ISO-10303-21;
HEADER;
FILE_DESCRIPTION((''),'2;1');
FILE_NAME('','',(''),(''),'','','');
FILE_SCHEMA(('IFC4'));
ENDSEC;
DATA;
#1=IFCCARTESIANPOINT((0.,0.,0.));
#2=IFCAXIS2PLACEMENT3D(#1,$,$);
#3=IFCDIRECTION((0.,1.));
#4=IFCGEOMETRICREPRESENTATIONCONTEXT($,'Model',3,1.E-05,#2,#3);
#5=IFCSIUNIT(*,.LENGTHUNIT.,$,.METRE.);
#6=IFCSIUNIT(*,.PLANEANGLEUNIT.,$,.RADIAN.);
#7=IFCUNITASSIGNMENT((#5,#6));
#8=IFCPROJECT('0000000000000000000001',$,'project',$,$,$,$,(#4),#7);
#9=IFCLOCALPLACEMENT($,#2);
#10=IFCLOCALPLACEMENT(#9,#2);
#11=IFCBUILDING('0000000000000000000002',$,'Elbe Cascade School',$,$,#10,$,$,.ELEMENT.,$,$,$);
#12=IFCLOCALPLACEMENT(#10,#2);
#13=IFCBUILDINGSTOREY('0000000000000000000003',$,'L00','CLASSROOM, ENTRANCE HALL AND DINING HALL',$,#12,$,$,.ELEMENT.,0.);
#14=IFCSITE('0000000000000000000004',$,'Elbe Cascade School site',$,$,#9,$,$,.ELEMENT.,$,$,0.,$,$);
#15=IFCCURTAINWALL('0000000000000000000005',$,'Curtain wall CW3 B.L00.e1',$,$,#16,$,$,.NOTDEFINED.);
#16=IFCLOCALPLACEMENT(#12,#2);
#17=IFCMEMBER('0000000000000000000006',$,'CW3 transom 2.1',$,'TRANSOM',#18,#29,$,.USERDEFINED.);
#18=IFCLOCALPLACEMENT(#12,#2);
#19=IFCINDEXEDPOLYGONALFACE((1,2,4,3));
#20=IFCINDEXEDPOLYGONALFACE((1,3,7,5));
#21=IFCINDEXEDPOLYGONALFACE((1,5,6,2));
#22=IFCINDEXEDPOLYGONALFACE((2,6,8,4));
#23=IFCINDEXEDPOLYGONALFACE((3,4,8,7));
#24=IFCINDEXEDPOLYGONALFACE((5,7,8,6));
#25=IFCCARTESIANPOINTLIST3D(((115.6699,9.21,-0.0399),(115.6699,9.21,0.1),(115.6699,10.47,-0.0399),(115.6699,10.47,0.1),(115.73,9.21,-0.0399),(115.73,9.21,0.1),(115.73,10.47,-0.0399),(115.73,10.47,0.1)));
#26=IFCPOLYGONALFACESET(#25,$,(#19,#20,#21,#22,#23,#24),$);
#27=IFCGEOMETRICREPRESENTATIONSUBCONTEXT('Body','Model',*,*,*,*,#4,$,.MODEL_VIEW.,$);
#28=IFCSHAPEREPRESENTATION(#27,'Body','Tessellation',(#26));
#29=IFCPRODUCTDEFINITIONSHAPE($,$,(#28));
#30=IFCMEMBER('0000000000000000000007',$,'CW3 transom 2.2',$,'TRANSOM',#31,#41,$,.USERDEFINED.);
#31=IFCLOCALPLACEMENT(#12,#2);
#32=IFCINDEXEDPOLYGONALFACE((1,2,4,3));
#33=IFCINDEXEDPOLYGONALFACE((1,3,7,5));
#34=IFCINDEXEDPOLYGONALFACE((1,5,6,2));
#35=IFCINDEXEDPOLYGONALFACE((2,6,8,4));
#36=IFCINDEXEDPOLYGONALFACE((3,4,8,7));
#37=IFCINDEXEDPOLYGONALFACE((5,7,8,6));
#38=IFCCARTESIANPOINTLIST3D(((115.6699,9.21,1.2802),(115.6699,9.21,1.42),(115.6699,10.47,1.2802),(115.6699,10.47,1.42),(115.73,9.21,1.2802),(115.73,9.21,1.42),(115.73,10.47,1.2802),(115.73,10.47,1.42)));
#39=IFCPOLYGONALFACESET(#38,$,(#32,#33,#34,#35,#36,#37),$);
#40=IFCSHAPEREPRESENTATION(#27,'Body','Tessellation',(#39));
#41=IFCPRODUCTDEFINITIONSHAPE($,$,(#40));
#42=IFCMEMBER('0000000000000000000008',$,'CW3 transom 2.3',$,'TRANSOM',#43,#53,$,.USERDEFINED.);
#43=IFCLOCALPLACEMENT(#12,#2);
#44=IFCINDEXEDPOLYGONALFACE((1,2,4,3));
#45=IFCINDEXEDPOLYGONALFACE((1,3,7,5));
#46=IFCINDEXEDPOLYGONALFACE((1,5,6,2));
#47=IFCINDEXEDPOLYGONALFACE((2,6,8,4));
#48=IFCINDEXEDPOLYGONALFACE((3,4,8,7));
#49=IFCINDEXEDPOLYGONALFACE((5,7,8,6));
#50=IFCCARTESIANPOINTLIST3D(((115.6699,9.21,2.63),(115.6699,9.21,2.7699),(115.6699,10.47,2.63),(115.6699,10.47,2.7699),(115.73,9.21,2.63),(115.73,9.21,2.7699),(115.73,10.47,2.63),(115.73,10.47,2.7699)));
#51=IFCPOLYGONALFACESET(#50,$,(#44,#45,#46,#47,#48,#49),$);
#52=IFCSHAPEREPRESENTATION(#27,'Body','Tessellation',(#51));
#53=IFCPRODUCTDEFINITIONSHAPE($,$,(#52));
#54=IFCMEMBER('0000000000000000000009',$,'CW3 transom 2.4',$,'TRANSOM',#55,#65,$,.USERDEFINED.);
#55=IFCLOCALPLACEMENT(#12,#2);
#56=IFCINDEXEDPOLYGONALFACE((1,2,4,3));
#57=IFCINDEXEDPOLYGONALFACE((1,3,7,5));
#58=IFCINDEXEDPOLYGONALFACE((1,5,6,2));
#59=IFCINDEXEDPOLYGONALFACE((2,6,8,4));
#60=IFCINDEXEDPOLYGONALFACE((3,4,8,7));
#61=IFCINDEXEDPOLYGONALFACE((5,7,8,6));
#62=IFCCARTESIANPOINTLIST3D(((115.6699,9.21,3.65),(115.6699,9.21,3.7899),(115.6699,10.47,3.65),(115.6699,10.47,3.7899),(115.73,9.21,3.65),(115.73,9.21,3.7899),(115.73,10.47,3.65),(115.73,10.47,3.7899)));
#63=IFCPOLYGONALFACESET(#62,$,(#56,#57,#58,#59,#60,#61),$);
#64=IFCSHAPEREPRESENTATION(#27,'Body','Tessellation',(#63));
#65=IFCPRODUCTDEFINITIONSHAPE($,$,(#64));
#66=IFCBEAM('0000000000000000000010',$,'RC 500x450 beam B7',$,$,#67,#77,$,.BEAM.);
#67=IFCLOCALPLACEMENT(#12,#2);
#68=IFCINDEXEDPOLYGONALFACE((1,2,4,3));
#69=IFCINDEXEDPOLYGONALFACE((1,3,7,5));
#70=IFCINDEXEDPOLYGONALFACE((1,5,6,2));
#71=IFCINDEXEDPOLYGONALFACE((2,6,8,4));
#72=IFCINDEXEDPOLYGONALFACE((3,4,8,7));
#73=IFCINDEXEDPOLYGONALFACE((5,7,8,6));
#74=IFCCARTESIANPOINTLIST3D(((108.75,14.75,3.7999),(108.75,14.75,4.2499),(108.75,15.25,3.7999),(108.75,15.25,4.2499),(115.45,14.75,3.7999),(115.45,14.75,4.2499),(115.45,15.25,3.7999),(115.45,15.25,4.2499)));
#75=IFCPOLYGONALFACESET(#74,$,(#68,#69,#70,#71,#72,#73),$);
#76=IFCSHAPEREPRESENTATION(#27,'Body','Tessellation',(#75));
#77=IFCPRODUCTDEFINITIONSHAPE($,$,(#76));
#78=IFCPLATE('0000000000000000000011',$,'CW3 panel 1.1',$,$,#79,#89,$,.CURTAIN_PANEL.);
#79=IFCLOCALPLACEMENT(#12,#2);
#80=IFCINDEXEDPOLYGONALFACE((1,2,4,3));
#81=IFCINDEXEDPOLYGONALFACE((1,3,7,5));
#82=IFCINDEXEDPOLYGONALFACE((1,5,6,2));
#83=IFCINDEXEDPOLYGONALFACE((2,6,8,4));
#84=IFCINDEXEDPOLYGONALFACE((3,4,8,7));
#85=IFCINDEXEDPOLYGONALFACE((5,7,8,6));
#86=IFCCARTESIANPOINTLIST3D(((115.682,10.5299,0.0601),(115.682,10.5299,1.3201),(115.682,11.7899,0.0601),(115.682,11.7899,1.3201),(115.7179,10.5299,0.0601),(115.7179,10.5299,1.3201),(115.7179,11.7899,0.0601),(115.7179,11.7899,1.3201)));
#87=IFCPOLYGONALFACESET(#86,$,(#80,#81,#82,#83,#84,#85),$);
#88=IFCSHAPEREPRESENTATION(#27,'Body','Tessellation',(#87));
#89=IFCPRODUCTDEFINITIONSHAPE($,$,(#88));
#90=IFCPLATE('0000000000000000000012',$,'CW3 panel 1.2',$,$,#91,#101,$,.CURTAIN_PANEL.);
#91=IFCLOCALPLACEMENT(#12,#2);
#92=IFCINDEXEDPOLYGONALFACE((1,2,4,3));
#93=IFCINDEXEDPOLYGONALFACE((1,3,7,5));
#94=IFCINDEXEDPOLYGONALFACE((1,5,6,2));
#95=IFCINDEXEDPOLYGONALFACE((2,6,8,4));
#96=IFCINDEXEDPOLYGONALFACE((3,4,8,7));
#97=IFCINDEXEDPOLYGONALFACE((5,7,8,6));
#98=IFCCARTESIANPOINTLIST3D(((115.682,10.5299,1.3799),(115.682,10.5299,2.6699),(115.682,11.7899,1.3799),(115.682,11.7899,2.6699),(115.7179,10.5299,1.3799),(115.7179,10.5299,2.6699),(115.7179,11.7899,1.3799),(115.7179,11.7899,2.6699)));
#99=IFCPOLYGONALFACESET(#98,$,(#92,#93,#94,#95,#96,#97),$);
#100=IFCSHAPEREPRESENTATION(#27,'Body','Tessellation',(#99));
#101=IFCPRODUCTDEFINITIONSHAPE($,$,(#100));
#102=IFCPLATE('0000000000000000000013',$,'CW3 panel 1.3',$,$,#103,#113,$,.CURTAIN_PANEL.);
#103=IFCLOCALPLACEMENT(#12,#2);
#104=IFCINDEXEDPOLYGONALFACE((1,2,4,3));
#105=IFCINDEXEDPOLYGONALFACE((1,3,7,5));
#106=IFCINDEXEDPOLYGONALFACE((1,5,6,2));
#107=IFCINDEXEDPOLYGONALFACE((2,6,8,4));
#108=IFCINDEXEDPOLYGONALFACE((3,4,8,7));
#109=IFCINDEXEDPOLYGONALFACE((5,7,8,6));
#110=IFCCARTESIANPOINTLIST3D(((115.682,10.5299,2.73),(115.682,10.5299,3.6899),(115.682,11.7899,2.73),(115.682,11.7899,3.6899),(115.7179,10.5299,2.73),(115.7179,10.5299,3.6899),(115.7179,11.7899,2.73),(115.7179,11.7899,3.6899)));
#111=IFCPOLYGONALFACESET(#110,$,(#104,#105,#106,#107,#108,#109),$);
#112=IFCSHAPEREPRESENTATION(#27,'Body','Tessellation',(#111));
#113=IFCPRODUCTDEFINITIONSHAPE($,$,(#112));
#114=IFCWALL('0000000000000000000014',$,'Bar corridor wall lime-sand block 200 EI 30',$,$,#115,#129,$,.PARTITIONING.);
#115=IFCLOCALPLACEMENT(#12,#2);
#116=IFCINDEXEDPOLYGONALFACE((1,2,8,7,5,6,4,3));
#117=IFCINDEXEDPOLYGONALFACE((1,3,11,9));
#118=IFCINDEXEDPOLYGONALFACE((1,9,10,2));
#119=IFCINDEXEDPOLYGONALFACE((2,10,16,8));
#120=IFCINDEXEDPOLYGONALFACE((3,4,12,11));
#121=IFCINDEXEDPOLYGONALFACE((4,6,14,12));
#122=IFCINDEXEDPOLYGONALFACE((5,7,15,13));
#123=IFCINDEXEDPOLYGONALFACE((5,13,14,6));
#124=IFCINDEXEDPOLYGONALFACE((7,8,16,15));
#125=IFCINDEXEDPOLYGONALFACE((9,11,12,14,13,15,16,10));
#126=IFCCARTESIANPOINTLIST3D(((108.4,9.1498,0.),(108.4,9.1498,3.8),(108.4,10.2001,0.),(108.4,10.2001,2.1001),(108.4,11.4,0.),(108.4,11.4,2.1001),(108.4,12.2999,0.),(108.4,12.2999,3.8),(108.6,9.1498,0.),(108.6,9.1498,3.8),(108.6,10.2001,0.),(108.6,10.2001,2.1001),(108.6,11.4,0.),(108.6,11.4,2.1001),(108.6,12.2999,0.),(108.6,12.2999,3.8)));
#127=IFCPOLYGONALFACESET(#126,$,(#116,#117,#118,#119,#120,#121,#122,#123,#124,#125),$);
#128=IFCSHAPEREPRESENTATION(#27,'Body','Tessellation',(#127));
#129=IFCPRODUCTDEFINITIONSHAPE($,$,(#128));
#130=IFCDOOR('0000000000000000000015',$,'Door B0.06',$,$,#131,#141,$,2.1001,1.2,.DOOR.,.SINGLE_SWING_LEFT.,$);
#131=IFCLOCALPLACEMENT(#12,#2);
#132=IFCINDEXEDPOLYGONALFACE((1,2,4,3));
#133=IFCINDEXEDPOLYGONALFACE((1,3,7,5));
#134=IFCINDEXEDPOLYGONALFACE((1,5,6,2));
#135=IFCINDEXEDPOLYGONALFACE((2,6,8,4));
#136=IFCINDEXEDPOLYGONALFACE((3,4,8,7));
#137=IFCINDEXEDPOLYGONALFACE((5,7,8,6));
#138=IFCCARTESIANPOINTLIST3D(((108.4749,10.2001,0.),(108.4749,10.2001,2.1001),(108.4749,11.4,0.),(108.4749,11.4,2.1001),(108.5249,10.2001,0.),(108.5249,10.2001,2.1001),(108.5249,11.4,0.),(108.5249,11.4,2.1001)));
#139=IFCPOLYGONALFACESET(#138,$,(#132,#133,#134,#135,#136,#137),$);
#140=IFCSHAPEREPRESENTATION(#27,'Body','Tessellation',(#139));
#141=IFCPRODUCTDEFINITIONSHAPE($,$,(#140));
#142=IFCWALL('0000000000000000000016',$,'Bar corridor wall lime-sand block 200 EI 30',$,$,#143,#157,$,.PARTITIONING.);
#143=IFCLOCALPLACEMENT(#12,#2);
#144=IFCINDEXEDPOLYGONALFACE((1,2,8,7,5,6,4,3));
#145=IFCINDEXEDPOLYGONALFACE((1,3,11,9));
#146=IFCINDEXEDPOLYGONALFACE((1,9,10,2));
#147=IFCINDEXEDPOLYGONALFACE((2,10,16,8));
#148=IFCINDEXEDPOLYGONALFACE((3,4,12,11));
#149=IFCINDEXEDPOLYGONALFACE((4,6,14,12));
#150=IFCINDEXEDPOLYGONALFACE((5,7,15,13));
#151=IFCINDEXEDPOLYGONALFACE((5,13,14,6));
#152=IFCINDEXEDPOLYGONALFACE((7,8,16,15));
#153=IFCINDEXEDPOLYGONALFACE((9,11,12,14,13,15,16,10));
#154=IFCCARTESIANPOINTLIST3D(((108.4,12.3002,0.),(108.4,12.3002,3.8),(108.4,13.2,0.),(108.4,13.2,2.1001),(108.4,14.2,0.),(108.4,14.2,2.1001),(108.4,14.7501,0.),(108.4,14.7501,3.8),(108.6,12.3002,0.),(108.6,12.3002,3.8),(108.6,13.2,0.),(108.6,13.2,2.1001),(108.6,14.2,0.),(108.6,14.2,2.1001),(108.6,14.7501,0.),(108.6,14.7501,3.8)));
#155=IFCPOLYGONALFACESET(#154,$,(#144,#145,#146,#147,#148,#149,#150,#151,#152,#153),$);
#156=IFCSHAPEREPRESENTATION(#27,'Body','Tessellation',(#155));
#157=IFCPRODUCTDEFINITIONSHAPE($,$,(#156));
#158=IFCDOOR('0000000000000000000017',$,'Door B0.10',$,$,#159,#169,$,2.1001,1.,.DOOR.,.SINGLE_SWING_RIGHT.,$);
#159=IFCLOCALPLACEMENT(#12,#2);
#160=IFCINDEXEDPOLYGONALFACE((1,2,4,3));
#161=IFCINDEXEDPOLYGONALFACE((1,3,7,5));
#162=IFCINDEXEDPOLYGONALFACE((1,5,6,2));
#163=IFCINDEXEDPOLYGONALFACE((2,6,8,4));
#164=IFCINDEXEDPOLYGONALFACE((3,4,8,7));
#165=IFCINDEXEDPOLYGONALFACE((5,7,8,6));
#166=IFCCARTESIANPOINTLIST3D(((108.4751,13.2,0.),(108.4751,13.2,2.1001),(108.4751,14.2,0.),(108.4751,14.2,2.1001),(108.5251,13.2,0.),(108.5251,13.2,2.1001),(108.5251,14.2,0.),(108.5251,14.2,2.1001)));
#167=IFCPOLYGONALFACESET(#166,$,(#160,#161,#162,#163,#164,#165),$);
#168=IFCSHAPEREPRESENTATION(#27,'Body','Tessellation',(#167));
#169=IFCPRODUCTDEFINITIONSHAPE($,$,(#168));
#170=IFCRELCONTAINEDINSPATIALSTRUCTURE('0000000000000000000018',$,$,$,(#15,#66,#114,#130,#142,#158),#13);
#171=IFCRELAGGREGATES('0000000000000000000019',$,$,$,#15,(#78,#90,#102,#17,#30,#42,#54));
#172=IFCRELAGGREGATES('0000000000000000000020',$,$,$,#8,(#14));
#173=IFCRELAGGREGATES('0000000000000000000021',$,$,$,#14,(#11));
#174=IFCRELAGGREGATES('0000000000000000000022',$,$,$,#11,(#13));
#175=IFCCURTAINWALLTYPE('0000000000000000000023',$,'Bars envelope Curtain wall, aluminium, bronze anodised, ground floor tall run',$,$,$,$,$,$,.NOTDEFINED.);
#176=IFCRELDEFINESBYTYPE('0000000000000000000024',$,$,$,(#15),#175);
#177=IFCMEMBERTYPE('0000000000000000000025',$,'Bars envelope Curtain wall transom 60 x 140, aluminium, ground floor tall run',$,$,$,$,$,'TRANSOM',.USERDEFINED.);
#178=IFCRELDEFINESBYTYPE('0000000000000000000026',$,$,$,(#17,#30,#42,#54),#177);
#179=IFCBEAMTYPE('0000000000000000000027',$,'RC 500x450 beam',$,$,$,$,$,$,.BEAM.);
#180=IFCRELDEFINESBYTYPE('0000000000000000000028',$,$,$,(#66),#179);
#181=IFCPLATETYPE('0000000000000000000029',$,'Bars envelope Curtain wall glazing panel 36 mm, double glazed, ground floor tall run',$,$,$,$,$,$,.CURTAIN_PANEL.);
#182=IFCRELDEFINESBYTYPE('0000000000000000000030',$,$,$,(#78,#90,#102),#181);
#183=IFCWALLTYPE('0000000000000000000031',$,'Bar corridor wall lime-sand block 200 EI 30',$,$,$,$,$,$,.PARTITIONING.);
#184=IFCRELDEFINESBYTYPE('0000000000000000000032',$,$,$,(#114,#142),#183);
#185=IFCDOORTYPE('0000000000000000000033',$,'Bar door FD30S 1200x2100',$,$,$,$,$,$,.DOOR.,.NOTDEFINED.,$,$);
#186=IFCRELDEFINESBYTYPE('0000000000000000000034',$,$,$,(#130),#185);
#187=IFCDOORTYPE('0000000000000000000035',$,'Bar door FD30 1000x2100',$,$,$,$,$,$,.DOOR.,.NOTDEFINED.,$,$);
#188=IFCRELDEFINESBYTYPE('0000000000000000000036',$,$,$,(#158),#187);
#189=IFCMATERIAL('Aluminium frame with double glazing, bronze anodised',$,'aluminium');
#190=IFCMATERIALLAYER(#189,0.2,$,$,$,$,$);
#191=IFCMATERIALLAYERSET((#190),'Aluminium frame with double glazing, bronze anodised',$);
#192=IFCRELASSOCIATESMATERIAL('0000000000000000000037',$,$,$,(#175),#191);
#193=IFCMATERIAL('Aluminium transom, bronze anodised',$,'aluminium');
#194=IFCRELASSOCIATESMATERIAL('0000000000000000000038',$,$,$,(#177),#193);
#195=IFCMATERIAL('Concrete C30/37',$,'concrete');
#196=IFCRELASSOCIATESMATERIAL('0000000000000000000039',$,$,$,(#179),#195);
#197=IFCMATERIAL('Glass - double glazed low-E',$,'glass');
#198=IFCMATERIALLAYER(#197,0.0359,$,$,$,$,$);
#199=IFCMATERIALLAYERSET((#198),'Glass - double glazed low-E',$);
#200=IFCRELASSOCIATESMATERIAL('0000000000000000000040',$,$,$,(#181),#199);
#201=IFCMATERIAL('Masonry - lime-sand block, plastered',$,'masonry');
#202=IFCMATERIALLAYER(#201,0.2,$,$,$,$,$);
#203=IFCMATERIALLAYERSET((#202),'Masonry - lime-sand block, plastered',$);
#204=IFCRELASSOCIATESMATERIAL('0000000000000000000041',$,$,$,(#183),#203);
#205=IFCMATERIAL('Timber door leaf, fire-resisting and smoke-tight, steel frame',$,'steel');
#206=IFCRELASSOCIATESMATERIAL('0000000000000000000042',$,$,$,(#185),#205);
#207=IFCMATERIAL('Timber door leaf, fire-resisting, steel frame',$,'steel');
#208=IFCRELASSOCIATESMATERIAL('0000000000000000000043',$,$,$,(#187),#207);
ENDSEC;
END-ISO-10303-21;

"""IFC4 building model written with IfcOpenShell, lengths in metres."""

from ifc_helpers import new_model, si_unit, direction, frame, frame_2d, origin, origin_2d, place, context, subcontext, project, spatial, rectangle, extrude, material, layer, layer_set, material_profile, profile_set, type_object, element, fill, aggregate, save


model = new_model("IFC4")

# Units and contexts
model_context = context("Model", 3, precision=1e-05, world=origin(), true_north=direction((0.0, 1.0)))
body_context = subcontext(model_context, "Body", "Model", "MODEL_VIEW")
ifc_project = project(units=[si_unit("LENGTHUNIT", "METRE"), si_unit("PLANEANGLEUNIT", "RADIAN")], contexts=[model_context])

# Site, building, storey
site_placement = place(None, origin())
site = spatial("IfcSite", under=ifc_project, at=site_placement, Name="Elbe Cascade School site", CompositionType="ELEMENT", RefElevation=0.0)
building_placement = place(site_placement, origin())
building = spatial("IfcBuilding", under=site, at=building_placement, Name="Elbe Cascade School", CompositionType="ELEMENT")
storey_placement = place(building_placement, origin())
storey = spatial("IfcBuildingStorey", under=building, at=storey_placement, Name="L00", Description="CLASSROOM, ENTRANCE HALL AND DINING HALL", CompositionType="ELEMENT", Elevation=0.0)

# Curtain wall, members
ifc_material_1 = material(Name="Aluminium frame with double glazing, bronze anodised", Category="aluminium")
ifc_layer_1 = layer(ifc_material_1, 0.2)
ifc_layer_set_1 = layer_set([ifc_layer_1], Name="Aluminium frame with double glazing, bronze anodised")
curtain_wall_type = type_object("IfcCurtainWallType", Name="Bars envelope Curtain wall, aluminium, bronze anodised, ground floor tall run", PredefinedType="NOTDEFINED", material=ifc_layer_set_1)
curtain_wall_placement = place(storey_placement, origin())
curtain_wall = element("IfcCurtainWall", 1, at=curtain_wall_placement, inside=storey, type_object=curtain_wall_type, Name="Curtain wall CW3 B.L00.e1", PredefinedType="NOTDEFINED")
ifc_material_2 = material(Name="Aluminium transom, bronze anodised", Category="aluminium")
ifc_material_profile_1 = material_profile(ifc_material_2, rectangle(XDim=0.0601, YDim=0.1399, at=origin_2d()), Name="Bars envelope Curtain wall transom 60 x 140, aluminium, ground floor tall run")
ifc_profile_set_1 = profile_set([ifc_material_profile_1], Name="Aluminium transom, bronze anodised")
member_type_1 = type_object("IfcMemberType", Name="Bars envelope Curtain wall transom 60 x 140, aluminium, ground floor tall run", ElementType="TRANSOM", PredefinedType="USERDEFINED", material=ifc_profile_set_1)
member_1_placement = place(storey_placement, frame((115.7, 10.47, 0.03), z_axis=(0.0, -1.0, 0.0), x_axis=(1.0, 0.0, 0.0)))
member_1 = element("IfcMember", 2, at=member_1_placement, type_object=member_type_1, Name="CW3 transom 2.1", ObjectType="TRANSOM", PredefinedType="USERDEFINED", context=body_context, shape_type="SweptSolid", body=[
    extrude(rectangle(XDim=0.0601, YDim=0.1399, at=origin_2d()), origin(), (0.0, 0.0, 1.0), 1.26),
])
member_2_placement = place(storey_placement, frame((115.7, 10.47, 1.3501), z_axis=(0.0, -1.0, 0.0), x_axis=(1.0, 0.0, 0.0)))
member_2 = element("IfcMember", 3, at=member_2_placement, type_object=member_type_1, Name="CW3 transom 2.2", ObjectType="TRANSOM", PredefinedType="USERDEFINED", context=body_context, shape_type="SweptSolid", body=[
    extrude(rectangle(XDim=0.0601, YDim=0.1399, at=origin_2d()), origin(), (0.0, 0.0, 1.0), 1.26),
])
member_3_placement = place(storey_placement, frame((115.7, 10.47, 2.7), z_axis=(0.0, -1.0, 0.0), x_axis=(1.0, 0.0, 0.0)))
member_3 = element("IfcMember", 4, at=member_3_placement, type_object=member_type_1, Name="CW3 transom 2.3", ObjectType="TRANSOM", PredefinedType="USERDEFINED", context=body_context, shape_type="SweptSolid", body=[
    extrude(rectangle(XDim=0.0601, YDim=0.1399, at=origin_2d()), origin(), (0.0, 0.0, 1.0), 1.26),
])
member_4_placement = place(storey_placement, frame((115.7, 10.47, 3.72), z_axis=(0.0, -1.0, 0.0), x_axis=(1.0, 0.0, 0.0)))
member_4 = element("IfcMember", 5, at=member_4_placement, type_object=member_type_1, Name="CW3 transom 2.4", ObjectType="TRANSOM", PredefinedType="USERDEFINED", context=body_context, shape_type="SweptSolid", body=[
    extrude(rectangle(XDim=0.0601, YDim=0.1399, at=origin_2d()), origin(), (0.0, 0.0, 1.0), 1.26),
])

# Beam
ifc_material_3 = material(Name="Concrete C30/37", Category="concrete")
ifc_material_profile_2 = material_profile(ifc_material_3, rectangle(XDim=0.5, YDim=0.45, at=origin_2d()), Name="RC 500x450")
ifc_profile_set_2 = profile_set([ifc_material_profile_2], Name="Concrete C30/37")
beam_type = type_object("IfcBeamType", Name="RC 500x450 beam", PredefinedType="BEAM", material=ifc_profile_set_2)
beam_placement = place(storey_placement, frame((108.75, 15.0, 4.0249), z_axis=(1.0, 0.0, 0.0), x_axis=(0.0, 1.0, 0.0)))
element("IfcBeam", 6, at=beam_placement, inside=storey, type_object=beam_type, Name="RC 500x450 beam B7", PredefinedType="BEAM", context=body_context, shape_type="SweptSolid", body=[
    extrude(rectangle(XDim=0.5, YDim=0.45, at=origin_2d()), origin(), (0.0, 0.0, 1.0), 6.7),
])

# Plates
ifc_material_4 = material(Name="Glass - double glazed low-E", Category="glass")
ifc_layer_2 = layer(ifc_material_4, 0.0359)
ifc_layer_set_2 = layer_set([ifc_layer_2], Name="Glass - double glazed low-E")
plate_type = type_object("IfcPlateType", Name="Bars envelope Curtain wall glazing panel 36 mm, double glazed, ground floor tall run", PredefinedType="CURTAIN_PANEL", material=ifc_layer_set_2)
plate_1_placement = place(storey_placement, frame((115.7, 11.1599, 0.0601), z_axis=(0.0, 0.0, 1.0), x_axis=(0.0, -1.0, 0.0)))
plate_1 = element("IfcPlate", 7, at=plate_1_placement, type_object=plate_type, Name="CW3 panel 1.1", PredefinedType="CURTAIN_PANEL", context=body_context, shape_type="SweptSolid", body=[
    extrude(rectangle(XDim=1.26, YDim=0.0359, at=origin_2d()), origin(), (0.0, 0.0, 1.0), 1.26),
])
plate_2_placement = place(storey_placement, frame((115.7, 11.1599, 1.3799), z_axis=(0.0, 0.0, 1.0), x_axis=(0.0, -1.0, 0.0)))
plate_2 = element("IfcPlate", 8, at=plate_2_placement, type_object=plate_type, Name="CW3 panel 1.2", PredefinedType="CURTAIN_PANEL", context=body_context, shape_type="SweptSolid", body=[
    extrude(rectangle(XDim=1.26, YDim=0.0359, at=origin_2d()), origin(), (0.0, 0.0, 1.0), 1.29),
])
plate_3_placement = place(storey_placement, frame((115.7, 11.1599, 2.73), z_axis=(0.0, 0.0, 1.0), x_axis=(0.0, -1.0, 0.0)))
plate_3 = element("IfcPlate", 9, at=plate_3_placement, type_object=plate_type, Name="CW3 panel 1.3", PredefinedType="CURTAIN_PANEL", context=body_context, shape_type="SweptSolid", body=[
    extrude(rectangle(XDim=1.26, YDim=0.0359, at=origin_2d()), origin(), (0.0, 0.0, 1.0), 0.96),
])
aggregate(curtain_wall, [plate_1, plate_2, plate_3, member_1, member_2, member_3, member_4])

# Walls, openings, doors
ifc_material_5 = material(Name="Masonry - lime-sand block, plastered", Category="masonry")
ifc_layer_3 = layer(ifc_material_5, 0.2)
ifc_layer_set_3 = layer_set([ifc_layer_3], Name="Masonry - lime-sand block, plastered")
wall_type_1 = type_object("IfcWallType", Name="Bar corridor wall lime-sand block 200 EI 30", PredefinedType="PARTITIONING", material=ifc_layer_set_3)
wall_1_placement = place(storey_placement, frame((108.5, 12.3, 0.0), z_axis=(0.0, 0.0, 1.0), x_axis=(0.0, -1.0, 0.0)))
wall_1 = element("IfcWall", 10, at=wall_1_placement, inside=storey, type_object=wall_type_1, Name="Bar corridor wall lime-sand block 200 EI 30", PredefinedType="PARTITIONING", context=body_context, shape_type="SweptSolid", body=[
    extrude(rectangle(XDim=3.1501, YDim=0.2, at=frame_2d((1.5752, 0.0))), origin(), (0.0, 0.0, 1.0), 3.8),
])
opening_1_placement = place(wall_1_placement, frame((0.8999, 0.0, 0.0)))
opening_1 = element("IfcOpeningElement", 11, at=opening_1_placement, cuts=wall_1, PredefinedType="OPENING", context=body_context, shape_type="SweptSolid", body=[
    extrude(rectangle(XDim=1.2, YDim=2.1001, at=frame_2d((0.6001, 1.05))), frame((0.0, 0.1099, 0.0), z_axis=(0.0, -1.0, 0.0), x_axis=(1.0, 0.0, 0.0)), (0.0, 0.0, 1.0), 0.22),
])
ifc_material_6 = material(Name="Timber door leaf, fire-resisting and smoke-tight, steel frame", Category="steel")
door_type_1 = type_object("IfcDoorType", Name="Bar door FD30S 1200x2100", OperationType="NOTDEFINED", PredefinedType="DOOR", material=ifc_material_6)
door_1_placement = place(opening_1_placement, origin())
door_1 = element("IfcDoor", 12, at=door_1_placement, inside=storey, type_object=door_type_1, Name="Door B0.06", OperationType="SINGLE_SWING_LEFT", OverallHeight=2.1001, OverallWidth=1.2, PredefinedType="DOOR", context=body_context, shape_type="SweptSolid", body=[
    extrude(rectangle(XDim=1.2, YDim=2.1001, at=frame_2d((0.6001, 1.05))), frame((0.0, 0.0249, 0.0), z_axis=(0.0, -1.0, 0.0), x_axis=(1.0, 0.0, 0.0)), (0.0, 0.0, 1.0), 0.05),
])
fill(opening_1, door_1)
wall_2_placement = place(storey_placement, frame((108.5, 12.3, 0.0), z_axis=(0.0, 0.0, 1.0), x_axis=(0.0, 1.0, 0.0)))
wall_2 = element("IfcWall", 13, at=wall_2_placement, inside=storey, type_object=wall_type_1, Name="Bar corridor wall lime-sand block 200 EI 30", PredefinedType="PARTITIONING", context=body_context, shape_type="SweptSolid", body=[
    extrude(rectangle(XDim=2.45, YDim=0.2, at=frame_2d((1.2251, 0.0))), origin(), (0.0, 0.0, 1.0), 3.8),
])
opening_2_placement = place(wall_2_placement, frame((0.8999, 0.0, 0.0)))
opening_2 = element("IfcOpeningElement", 14, at=opening_2_placement, cuts=wall_2, PredefinedType="OPENING", context=body_context, shape_type="SweptSolid", body=[
    extrude(rectangle(XDim=1.0, YDim=2.1001, at=frame_2d((0.5, 1.05))), frame((0.0, 0.1099, 0.0), z_axis=(0.0, -1.0, 0.0), x_axis=(1.0, 0.0, 0.0)), (0.0, 0.0, 1.0), 0.22),
])
ifc_material_7 = material(Name="Timber door leaf, fire-resisting, steel frame", Category="steel")
door_type_2 = type_object("IfcDoorType", Name="Bar door FD30 1000x2100", OperationType="NOTDEFINED", PredefinedType="DOOR", material=ifc_material_7)
door_2_placement = place(opening_2_placement, origin())
door_2 = element("IfcDoor", 15, at=door_2_placement, inside=storey, type_object=door_type_2, Name="Door B0.10", OperationType="SINGLE_SWING_RIGHT", OverallHeight=2.1001, OverallWidth=1.0, PredefinedType="DOOR", context=body_context, shape_type="SweptSolid", body=[
    extrude(rectangle(XDim=1.0, YDim=2.1001, at=frame_2d((0.5, 1.05))), frame((0.0, 0.0249, 0.0), z_axis=(0.0, -1.0, 0.0), x_axis=(1.0, 0.0, 0.0)), (0.0, 0.0, 1.0), 0.05),
])
fill(opening_2, door_2)

save(model, "model.ifc")
